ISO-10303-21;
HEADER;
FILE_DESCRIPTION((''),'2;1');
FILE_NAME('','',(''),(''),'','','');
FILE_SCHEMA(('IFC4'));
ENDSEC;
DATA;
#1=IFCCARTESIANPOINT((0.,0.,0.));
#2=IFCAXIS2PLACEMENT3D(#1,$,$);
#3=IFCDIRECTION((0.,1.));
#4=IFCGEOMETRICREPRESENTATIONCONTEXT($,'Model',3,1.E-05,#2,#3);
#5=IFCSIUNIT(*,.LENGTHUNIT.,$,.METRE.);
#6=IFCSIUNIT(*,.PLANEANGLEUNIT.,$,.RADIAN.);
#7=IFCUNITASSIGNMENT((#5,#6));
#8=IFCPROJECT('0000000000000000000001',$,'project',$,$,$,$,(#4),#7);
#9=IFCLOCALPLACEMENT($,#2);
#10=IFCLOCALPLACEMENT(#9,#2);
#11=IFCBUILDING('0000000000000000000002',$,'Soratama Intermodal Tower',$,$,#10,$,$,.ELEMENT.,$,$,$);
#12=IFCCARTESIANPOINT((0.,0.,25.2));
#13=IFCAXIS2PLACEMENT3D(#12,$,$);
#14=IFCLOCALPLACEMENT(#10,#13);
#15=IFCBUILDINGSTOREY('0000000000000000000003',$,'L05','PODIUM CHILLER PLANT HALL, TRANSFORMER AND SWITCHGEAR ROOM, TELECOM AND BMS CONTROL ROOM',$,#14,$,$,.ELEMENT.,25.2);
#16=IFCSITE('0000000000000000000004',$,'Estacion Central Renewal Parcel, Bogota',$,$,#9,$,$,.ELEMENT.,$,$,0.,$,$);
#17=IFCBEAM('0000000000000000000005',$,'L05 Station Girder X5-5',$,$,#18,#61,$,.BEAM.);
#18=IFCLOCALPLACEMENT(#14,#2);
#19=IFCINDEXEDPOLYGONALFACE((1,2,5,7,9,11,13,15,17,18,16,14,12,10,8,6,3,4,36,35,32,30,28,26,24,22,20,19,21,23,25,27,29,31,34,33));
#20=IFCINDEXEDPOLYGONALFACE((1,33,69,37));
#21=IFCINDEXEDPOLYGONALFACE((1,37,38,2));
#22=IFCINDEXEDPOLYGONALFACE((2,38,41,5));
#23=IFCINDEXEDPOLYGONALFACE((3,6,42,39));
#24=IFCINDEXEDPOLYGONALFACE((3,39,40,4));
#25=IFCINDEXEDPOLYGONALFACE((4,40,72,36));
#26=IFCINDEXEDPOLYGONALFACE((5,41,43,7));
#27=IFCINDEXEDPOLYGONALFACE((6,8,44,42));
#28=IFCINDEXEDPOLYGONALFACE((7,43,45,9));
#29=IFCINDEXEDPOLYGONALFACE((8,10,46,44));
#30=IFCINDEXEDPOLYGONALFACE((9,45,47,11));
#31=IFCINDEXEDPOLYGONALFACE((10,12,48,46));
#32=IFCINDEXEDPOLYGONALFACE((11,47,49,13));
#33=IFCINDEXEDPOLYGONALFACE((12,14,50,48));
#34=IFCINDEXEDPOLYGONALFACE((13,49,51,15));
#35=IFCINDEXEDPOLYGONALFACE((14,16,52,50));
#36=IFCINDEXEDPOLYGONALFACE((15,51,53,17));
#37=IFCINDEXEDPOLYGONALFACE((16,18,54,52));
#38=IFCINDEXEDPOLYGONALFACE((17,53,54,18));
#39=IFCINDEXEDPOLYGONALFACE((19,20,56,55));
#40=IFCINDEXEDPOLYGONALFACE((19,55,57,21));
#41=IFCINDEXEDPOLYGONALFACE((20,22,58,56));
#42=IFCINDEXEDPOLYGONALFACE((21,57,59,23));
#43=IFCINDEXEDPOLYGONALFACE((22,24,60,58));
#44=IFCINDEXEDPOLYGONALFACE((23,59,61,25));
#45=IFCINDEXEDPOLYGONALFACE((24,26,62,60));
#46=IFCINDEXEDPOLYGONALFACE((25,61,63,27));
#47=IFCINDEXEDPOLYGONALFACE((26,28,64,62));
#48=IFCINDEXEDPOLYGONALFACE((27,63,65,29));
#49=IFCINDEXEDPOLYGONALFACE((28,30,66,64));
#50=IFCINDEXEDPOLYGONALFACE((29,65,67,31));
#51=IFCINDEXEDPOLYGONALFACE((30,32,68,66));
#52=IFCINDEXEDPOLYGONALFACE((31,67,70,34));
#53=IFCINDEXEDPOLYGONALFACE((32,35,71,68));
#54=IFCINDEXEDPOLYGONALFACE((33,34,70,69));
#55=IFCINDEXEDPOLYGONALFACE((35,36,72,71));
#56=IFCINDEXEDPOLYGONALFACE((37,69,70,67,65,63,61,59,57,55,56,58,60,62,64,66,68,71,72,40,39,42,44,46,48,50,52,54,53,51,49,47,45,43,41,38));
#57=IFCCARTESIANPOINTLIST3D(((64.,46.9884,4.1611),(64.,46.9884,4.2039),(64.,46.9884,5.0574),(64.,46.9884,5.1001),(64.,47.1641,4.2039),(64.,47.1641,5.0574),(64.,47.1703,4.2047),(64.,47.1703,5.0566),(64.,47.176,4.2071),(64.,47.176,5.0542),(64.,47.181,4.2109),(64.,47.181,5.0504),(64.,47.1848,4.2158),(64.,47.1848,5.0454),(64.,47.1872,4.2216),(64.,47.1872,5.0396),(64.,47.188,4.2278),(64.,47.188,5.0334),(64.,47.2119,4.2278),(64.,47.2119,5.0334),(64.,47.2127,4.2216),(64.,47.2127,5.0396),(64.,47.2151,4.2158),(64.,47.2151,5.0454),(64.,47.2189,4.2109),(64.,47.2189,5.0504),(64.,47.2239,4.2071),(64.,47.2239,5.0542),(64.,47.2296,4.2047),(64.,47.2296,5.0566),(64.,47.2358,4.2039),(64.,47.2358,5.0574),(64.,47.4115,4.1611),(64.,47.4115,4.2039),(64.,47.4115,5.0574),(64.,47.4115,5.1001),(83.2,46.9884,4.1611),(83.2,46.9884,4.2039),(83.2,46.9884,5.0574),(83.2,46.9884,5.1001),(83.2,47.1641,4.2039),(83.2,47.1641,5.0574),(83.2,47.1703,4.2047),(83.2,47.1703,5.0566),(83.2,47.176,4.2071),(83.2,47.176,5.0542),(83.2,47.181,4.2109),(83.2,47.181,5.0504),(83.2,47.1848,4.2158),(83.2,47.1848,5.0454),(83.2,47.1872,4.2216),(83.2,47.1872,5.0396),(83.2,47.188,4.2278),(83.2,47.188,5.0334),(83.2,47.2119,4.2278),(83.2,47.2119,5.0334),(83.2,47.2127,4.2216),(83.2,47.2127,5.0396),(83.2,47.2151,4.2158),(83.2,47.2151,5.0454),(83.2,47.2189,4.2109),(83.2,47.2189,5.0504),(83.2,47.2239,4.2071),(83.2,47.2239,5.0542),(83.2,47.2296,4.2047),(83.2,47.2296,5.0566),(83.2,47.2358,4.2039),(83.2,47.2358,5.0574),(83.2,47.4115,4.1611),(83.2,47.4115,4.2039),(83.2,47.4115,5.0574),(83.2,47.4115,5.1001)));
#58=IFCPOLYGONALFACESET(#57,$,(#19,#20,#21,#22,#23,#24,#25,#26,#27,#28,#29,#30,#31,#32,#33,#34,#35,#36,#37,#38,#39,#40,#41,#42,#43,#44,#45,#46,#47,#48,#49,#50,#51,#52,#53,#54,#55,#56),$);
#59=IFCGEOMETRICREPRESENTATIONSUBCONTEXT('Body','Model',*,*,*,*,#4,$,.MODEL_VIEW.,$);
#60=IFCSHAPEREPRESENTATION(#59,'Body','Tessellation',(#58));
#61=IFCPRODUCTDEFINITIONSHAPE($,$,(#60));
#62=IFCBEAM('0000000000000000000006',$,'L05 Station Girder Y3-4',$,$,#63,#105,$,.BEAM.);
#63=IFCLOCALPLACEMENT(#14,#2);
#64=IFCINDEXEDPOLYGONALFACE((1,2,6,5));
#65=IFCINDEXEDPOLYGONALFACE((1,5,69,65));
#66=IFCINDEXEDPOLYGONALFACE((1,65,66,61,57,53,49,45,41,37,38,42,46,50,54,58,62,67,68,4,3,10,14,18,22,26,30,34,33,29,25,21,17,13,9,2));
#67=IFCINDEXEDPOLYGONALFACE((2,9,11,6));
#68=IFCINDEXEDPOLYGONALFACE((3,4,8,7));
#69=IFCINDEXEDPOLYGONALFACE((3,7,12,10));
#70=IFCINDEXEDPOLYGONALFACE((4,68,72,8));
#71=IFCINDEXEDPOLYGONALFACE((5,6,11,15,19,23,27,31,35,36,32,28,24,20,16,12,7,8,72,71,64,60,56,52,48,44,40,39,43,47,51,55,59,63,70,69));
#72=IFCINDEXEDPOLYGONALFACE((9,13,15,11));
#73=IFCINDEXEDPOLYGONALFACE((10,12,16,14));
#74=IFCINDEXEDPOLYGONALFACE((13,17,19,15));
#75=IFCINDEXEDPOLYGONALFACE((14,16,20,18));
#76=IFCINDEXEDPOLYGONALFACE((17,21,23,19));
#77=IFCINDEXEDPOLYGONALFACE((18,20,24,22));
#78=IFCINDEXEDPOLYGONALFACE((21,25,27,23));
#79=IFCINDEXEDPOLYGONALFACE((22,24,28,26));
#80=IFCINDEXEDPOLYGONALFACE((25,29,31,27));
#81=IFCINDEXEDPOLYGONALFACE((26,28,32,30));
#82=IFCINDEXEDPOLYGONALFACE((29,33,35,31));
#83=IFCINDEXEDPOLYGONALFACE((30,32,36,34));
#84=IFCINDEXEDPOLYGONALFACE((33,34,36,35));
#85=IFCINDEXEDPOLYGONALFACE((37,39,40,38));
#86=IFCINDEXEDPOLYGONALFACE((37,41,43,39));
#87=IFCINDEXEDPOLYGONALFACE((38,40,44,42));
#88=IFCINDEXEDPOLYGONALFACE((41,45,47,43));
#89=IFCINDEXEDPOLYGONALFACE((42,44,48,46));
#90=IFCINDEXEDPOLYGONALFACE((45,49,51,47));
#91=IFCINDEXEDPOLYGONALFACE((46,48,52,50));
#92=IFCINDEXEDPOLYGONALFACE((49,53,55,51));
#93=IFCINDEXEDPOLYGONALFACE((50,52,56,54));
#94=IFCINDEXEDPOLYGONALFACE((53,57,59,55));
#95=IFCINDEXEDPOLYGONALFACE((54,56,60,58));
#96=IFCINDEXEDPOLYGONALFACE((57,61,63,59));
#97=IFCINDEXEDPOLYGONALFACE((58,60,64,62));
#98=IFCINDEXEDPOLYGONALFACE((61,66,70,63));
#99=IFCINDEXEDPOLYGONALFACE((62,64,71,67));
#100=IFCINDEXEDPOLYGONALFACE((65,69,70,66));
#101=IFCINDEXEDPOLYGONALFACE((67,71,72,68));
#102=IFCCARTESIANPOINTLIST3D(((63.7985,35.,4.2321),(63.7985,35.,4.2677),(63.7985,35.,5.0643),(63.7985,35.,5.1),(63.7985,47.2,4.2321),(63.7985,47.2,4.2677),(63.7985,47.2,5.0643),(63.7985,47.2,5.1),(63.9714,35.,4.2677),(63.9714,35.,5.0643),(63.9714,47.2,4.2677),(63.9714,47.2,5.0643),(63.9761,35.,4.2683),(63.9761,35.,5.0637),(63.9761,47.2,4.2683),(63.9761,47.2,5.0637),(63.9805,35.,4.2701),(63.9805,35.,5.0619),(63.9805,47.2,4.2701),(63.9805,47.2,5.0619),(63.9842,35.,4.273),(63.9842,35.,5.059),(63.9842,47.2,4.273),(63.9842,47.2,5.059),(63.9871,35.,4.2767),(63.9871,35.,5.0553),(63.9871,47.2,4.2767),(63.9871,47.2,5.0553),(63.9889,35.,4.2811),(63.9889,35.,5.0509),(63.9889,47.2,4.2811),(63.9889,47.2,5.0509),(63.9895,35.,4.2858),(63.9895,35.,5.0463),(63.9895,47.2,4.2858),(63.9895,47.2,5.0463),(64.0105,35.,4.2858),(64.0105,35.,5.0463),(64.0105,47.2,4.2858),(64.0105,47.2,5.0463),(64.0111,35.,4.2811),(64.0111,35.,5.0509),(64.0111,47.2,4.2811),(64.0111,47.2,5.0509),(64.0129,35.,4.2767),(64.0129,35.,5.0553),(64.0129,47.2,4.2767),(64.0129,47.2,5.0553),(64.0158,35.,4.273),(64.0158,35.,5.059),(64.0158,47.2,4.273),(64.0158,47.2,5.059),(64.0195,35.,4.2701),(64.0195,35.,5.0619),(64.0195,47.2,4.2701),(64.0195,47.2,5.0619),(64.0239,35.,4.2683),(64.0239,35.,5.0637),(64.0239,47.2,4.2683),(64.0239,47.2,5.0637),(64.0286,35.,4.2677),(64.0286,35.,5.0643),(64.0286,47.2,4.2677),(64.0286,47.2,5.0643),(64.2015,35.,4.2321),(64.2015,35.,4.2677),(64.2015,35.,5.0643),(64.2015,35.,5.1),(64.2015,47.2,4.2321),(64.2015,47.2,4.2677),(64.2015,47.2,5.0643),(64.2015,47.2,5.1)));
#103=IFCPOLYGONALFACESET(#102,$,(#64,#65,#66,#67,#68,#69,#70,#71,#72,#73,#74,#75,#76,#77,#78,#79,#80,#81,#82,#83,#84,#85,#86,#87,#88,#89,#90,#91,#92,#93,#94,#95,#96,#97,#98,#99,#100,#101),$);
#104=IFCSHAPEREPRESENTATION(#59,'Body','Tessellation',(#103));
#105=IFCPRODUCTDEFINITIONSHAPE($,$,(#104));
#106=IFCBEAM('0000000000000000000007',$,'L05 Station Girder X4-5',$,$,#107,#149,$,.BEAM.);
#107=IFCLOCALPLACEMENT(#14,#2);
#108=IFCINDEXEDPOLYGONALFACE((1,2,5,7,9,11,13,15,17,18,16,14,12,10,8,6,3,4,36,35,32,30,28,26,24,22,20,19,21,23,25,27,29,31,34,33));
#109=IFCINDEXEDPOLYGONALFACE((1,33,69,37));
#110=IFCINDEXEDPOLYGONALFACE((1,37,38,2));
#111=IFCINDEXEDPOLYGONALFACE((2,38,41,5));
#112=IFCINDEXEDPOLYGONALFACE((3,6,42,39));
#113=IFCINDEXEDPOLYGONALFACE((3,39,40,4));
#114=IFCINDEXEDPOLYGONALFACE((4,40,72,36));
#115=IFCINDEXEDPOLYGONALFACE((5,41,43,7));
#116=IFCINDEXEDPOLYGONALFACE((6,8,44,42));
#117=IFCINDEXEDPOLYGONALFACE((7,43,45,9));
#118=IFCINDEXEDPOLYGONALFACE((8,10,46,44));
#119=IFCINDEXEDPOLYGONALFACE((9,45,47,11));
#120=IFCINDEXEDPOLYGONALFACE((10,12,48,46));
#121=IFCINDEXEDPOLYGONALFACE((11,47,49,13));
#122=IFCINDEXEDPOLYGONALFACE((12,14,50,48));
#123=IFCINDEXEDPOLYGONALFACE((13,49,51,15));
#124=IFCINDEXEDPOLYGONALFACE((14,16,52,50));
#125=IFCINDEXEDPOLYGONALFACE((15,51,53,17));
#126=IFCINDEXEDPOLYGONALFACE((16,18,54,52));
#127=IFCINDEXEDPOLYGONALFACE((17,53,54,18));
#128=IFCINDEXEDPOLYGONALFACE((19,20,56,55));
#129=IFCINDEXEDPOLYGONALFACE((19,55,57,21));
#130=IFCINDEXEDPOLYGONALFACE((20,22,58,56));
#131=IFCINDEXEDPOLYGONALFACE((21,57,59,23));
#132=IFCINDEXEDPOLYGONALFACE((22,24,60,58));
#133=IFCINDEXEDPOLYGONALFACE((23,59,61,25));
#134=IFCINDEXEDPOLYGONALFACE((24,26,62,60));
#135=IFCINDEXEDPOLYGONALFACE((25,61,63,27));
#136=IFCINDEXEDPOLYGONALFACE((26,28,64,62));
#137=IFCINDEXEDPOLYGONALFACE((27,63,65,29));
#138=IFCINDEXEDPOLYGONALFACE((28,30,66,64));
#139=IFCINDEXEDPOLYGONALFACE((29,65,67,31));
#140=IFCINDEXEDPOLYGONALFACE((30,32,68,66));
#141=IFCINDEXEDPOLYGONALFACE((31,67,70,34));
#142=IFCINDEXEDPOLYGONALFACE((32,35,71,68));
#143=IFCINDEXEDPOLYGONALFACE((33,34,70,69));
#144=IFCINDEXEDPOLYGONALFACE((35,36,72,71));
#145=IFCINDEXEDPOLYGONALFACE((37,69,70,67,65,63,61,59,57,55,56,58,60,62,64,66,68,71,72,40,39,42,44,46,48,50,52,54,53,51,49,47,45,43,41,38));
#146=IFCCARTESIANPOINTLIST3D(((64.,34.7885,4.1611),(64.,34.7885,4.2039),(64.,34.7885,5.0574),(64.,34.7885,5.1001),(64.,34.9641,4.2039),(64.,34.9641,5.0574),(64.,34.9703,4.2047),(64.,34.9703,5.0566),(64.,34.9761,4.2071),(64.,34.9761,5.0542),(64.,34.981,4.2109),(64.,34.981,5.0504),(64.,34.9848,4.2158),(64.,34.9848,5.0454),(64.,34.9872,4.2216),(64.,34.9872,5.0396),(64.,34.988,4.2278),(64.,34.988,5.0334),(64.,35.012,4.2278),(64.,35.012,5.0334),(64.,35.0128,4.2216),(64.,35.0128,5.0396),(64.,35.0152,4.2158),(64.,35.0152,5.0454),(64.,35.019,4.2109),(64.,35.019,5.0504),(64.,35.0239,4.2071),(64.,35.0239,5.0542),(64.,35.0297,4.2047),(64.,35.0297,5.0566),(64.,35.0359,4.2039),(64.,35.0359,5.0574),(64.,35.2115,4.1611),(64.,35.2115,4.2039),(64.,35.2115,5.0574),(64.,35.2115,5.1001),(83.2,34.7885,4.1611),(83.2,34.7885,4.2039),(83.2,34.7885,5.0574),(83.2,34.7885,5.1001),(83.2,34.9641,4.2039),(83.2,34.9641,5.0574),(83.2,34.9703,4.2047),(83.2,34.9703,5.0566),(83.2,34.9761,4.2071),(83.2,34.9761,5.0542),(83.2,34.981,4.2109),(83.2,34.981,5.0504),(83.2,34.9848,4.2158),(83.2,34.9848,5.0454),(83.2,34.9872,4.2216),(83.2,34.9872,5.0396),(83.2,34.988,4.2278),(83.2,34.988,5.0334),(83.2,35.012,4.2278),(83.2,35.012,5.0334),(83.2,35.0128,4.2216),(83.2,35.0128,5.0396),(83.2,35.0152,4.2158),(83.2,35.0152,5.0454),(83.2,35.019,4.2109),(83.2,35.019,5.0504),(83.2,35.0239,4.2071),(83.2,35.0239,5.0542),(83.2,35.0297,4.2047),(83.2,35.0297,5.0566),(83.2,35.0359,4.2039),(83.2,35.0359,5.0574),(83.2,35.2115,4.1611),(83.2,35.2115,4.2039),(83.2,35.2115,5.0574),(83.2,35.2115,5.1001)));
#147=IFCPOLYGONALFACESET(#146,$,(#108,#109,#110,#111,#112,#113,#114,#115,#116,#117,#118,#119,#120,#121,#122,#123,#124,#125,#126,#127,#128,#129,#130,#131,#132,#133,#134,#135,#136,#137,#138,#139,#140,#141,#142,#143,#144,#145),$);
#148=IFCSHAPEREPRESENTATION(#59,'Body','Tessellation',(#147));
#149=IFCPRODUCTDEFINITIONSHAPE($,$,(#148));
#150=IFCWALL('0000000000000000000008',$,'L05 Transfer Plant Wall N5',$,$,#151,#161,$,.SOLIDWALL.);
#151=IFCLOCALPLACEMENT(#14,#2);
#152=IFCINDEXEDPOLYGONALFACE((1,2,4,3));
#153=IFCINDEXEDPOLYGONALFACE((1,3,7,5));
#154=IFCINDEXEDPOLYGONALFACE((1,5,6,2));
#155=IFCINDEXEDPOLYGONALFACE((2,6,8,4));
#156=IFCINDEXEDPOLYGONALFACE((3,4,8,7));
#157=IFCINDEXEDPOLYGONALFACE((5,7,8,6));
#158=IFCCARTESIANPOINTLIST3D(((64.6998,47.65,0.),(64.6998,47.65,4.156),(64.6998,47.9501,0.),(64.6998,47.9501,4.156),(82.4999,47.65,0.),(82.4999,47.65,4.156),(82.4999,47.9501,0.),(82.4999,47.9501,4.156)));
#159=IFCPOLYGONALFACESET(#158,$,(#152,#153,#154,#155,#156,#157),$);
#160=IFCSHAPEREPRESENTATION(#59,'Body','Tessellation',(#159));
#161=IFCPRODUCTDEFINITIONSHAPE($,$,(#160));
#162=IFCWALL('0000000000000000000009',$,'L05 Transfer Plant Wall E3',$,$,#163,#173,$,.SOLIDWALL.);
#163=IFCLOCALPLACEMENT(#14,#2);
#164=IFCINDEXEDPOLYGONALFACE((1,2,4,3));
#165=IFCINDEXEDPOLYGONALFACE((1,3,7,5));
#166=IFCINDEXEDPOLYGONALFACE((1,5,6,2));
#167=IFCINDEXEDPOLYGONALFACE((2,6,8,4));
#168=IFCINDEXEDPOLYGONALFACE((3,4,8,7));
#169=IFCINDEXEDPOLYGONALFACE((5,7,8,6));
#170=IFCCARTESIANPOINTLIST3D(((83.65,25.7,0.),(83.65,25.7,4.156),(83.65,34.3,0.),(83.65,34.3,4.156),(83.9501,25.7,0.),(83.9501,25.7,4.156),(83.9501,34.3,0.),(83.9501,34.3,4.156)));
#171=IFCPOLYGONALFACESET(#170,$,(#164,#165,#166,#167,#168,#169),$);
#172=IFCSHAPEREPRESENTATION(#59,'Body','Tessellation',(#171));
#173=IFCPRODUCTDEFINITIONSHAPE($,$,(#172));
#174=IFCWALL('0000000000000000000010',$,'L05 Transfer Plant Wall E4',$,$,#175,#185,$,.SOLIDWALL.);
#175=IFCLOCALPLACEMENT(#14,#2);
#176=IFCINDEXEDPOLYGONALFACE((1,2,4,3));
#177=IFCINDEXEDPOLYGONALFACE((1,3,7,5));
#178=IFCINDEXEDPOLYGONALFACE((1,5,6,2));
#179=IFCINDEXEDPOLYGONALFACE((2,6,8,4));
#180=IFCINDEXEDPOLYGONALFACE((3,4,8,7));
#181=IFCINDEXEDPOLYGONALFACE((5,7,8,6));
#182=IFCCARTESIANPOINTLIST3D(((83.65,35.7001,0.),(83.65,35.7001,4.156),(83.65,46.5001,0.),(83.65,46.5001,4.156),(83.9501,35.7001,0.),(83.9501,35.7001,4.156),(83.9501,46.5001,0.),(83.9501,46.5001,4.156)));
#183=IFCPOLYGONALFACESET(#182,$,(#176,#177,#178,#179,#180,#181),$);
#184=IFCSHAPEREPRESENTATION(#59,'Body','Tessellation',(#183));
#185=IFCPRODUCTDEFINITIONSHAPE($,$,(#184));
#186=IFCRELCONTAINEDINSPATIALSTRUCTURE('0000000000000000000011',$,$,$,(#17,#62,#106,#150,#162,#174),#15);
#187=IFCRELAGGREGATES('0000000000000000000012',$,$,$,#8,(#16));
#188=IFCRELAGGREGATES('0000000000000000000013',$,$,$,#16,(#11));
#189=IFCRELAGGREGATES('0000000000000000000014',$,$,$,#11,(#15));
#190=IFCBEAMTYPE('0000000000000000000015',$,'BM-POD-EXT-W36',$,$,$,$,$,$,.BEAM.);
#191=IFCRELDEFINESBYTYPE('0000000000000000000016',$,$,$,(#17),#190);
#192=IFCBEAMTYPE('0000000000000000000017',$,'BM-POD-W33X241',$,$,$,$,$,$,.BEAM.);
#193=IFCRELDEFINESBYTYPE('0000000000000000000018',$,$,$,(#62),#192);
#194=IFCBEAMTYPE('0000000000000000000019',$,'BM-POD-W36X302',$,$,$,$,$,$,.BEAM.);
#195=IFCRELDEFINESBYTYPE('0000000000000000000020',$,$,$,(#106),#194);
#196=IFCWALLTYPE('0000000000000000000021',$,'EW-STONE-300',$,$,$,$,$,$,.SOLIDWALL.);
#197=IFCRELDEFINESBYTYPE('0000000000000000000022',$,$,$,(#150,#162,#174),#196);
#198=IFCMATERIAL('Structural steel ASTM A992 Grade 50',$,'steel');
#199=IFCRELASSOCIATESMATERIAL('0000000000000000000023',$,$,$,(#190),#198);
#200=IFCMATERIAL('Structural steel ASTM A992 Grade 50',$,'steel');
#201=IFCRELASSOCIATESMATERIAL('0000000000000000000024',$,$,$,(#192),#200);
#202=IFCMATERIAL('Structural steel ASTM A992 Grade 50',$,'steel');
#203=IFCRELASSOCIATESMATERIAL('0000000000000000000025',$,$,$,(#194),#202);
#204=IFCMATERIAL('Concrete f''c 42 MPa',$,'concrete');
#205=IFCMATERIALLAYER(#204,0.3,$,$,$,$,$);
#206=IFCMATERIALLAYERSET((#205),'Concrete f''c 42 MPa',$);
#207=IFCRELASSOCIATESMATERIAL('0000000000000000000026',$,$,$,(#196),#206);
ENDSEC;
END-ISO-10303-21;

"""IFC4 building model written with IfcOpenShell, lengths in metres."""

from ifc_helpers import new_model, si_unit, direction, frame, frame_2d, origin, origin_2d, place, context, subcontext, project, spatial, rectangle, i_section, extrude, material, layer, layer_set, material_profile, profile_set, type_object, element, save


model = new_model("IFC4")

# Units and contexts
model_context = context("Model", 3, precision=1e-05, world=origin(), true_north=direction((0.0, 1.0)))
body_context = subcontext(model_context, "Body", "Model", "MODEL_VIEW")
ifc_project = project(units=[si_unit("LENGTHUNIT", "METRE"), si_unit("PLANEANGLEUNIT", "RADIAN")], contexts=[model_context])

# Site, building, storey
site_placement = place(None, origin())
site = spatial("IfcSite", under=ifc_project, at=site_placement, Name="Estacion Central Renewal Parcel, Bogota", CompositionType="ELEMENT", RefElevation=0.0)
building_placement = place(site_placement, origin())
building = spatial("IfcBuilding", under=site, at=building_placement, Name="Soratama Intermodal Tower", CompositionType="ELEMENT")
storey_placement = place(building_placement, frame((0.0, 0.0, 25.2)))
storey = spatial("IfcBuildingStorey", under=building, at=storey_placement, Name="L05", Description="PODIUM CHILLER PLANT HALL, TRANSFORMER AND SWITCHGEAR ROOM, TELECOM AND BMS CONTROL ROOM", CompositionType="ELEMENT", Elevation=25.2)

# Beams
ifc_material_1 = material(Name="Structural steel ASTM A992 Grade 50", Category="steel")
ifc_material_profile_1 = material_profile(ifc_material_1, i_section(OverallWidth=0.4231, OverallDepth=0.939, WebThickness=0.0239, FlangeThickness=0.0427, FilletRadius=0.0239, at=origin_2d()), Name="W36X302")
ifc_profile_set_1 = profile_set([ifc_material_profile_1], Name="Structural steel ASTM A992 Grade 50")
beam_type_1 = type_object("IfcBeamType", Name="BM-POD-EXT-W36", PredefinedType="BEAM", material=ifc_profile_set_1)
beam_1_placement = place(storey_placement, frame((64.0, 47.2, 4.6306), z_axis=(1.0, 0.0, 0.0), x_axis=(0.0, 1.0, 0.0)))
element("IfcBeam", 1, at=beam_1_placement, inside=storey, type_object=beam_type_1, Name="L05 Station Girder X5-5", PredefinedType="BEAM", context=body_context, shape_type="SweptSolid", body=[
    extrude(i_section(OverallWidth=0.4231, OverallDepth=0.939, WebThickness=0.0239, FlangeThickness=0.0427, FilletRadius=0.0239, at=origin_2d()), origin(), (0.0, 0.0, 1.0), 19.2),
])
ifc_material_2 = material(Name="Structural steel ASTM A992 Grade 50", Category="steel")
ifc_material_profile_2 = material_profile(ifc_material_2, i_section(OverallWidth=0.4031, OverallDepth=0.8679, WebThickness=0.021, FlangeThickness=0.0356, FilletRadius=0.0181, at=origin_2d()), Name="W33X241")
ifc_profile_set_2 = profile_set([ifc_material_profile_2], Name="Structural steel ASTM A992 Grade 50")
beam_type_2 = type_object("IfcBeamType", Name="BM-POD-W33X241", PredefinedType="BEAM", material=ifc_profile_set_2)
beam_2_placement = place(storey_placement, frame((64.0, 35.0, 4.666), z_axis=(0.0, 1.0, 0.0), x_axis=(-1.0, 0.0, 0.0)))
element("IfcBeam", 2, at=beam_2_placement, inside=storey, type_object=beam_type_2, Name="L05 Station Girder Y3-4", PredefinedType="BEAM", context=body_context, shape_type="SweptSolid", body=[
    extrude(i_section(OverallWidth=0.4031, OverallDepth=0.8679, WebThickness=0.021, FlangeThickness=0.0356, FilletRadius=0.0181, at=origin_2d()), origin(), (0.0, 0.0, 1.0), 12.2),
])
ifc_material_3 = material(Name="Structural steel ASTM A992 Grade 50", Category="steel")
ifc_material_profile_3 = material_profile(ifc_material_3, i_section(OverallWidth=0.4231, OverallDepth=0.939, WebThickness=0.0239, FlangeThickness=0.0427, FilletRadius=0.0239, at=origin_2d()), Name="W36X302")
ifc_profile_set_3 = profile_set([ifc_material_profile_3], Name="Structural steel ASTM A992 Grade 50")
beam_type_3 = type_object("IfcBeamType", Name="BM-POD-W36X302", PredefinedType="BEAM", material=ifc_profile_set_3)
beam_3_placement = place(storey_placement, frame((64.0, 35.0, 4.6306), z_axis=(1.0, 0.0, 0.0), x_axis=(0.0, 1.0, 0.0)))
element("IfcBeam", 3, at=beam_3_placement, inside=storey, type_object=beam_type_3, Name="L05 Station Girder X4-5", PredefinedType="BEAM", context=body_context, shape_type="SweptSolid", body=[
    extrude(i_section(OverallWidth=0.4231, OverallDepth=0.939, WebThickness=0.0239, FlangeThickness=0.0427, FilletRadius=0.0239, at=origin_2d()), origin(), (0.0, 0.0, 1.0), 19.2),
])

# Walls
ifc_material_4 = material(Name="Concrete f'c 42 MPa", Category="concrete")
ifc_layer_1 = layer(ifc_material_4, 0.3)
ifc_layer_set_1 = layer_set([ifc_layer_1], Name="Concrete f'c 42 MPa")
wall_type_1 = type_object("IfcWallType", Name="EW-STONE-300", PredefinedType="SOLIDWALL", material=ifc_layer_set_1)
wall_1_placement = place(storey_placement, frame((64.7, 47.8, 0.0), z_axis=(0.0, 0.0, 1.0), x_axis=(1.0, 0.0, 0.0)))
element("IfcWall", 4, at=wall_1_placement, inside=storey, type_object=wall_type_1, Name="L05 Transfer Plant Wall N5", PredefinedType="SOLIDWALL", context=body_context, shape_type="SweptSolid", body=[
    extrude(rectangle(XDim=17.8, YDim=0.3, at=frame_2d((8.8999, 0.0))), origin(), (0.0, 0.0, 1.0), 4.156),
])
wall_2_placement = place(storey_placement, frame((83.8, 34.3, 0.0), z_axis=(0.0, 0.0, 1.0), x_axis=(0.0, -1.0, 0.0)))
element("IfcWall", 5, at=wall_2_placement, inside=storey, type_object=wall_type_1, Name="L05 Transfer Plant Wall E3", PredefinedType="SOLIDWALL", context=body_context, shape_type="SweptSolid", body=[
    extrude(rectangle(XDim=8.6001, YDim=0.3, at=frame_2d((4.3, 0.0))), origin(), (0.0, 0.0, 1.0), 4.156),
])
wall_3_placement = place(storey_placement, frame((83.8, 46.5, 0.0), z_axis=(0.0, 0.0, 1.0), x_axis=(0.0, -1.0, 0.0)))
element("IfcWall", 6, at=wall_3_placement, inside=storey, type_object=wall_type_1, Name="L05 Transfer Plant Wall E4", PredefinedType="SOLIDWALL", context=body_context, shape_type="SweptSolid", body=[
    extrude(rectangle(XDim=10.8, YDim=0.3, at=frame_2d((5.3999, 0.0))), origin(), (0.0, 0.0, 1.0), 4.156),
])

save(model, "model.ifc")
